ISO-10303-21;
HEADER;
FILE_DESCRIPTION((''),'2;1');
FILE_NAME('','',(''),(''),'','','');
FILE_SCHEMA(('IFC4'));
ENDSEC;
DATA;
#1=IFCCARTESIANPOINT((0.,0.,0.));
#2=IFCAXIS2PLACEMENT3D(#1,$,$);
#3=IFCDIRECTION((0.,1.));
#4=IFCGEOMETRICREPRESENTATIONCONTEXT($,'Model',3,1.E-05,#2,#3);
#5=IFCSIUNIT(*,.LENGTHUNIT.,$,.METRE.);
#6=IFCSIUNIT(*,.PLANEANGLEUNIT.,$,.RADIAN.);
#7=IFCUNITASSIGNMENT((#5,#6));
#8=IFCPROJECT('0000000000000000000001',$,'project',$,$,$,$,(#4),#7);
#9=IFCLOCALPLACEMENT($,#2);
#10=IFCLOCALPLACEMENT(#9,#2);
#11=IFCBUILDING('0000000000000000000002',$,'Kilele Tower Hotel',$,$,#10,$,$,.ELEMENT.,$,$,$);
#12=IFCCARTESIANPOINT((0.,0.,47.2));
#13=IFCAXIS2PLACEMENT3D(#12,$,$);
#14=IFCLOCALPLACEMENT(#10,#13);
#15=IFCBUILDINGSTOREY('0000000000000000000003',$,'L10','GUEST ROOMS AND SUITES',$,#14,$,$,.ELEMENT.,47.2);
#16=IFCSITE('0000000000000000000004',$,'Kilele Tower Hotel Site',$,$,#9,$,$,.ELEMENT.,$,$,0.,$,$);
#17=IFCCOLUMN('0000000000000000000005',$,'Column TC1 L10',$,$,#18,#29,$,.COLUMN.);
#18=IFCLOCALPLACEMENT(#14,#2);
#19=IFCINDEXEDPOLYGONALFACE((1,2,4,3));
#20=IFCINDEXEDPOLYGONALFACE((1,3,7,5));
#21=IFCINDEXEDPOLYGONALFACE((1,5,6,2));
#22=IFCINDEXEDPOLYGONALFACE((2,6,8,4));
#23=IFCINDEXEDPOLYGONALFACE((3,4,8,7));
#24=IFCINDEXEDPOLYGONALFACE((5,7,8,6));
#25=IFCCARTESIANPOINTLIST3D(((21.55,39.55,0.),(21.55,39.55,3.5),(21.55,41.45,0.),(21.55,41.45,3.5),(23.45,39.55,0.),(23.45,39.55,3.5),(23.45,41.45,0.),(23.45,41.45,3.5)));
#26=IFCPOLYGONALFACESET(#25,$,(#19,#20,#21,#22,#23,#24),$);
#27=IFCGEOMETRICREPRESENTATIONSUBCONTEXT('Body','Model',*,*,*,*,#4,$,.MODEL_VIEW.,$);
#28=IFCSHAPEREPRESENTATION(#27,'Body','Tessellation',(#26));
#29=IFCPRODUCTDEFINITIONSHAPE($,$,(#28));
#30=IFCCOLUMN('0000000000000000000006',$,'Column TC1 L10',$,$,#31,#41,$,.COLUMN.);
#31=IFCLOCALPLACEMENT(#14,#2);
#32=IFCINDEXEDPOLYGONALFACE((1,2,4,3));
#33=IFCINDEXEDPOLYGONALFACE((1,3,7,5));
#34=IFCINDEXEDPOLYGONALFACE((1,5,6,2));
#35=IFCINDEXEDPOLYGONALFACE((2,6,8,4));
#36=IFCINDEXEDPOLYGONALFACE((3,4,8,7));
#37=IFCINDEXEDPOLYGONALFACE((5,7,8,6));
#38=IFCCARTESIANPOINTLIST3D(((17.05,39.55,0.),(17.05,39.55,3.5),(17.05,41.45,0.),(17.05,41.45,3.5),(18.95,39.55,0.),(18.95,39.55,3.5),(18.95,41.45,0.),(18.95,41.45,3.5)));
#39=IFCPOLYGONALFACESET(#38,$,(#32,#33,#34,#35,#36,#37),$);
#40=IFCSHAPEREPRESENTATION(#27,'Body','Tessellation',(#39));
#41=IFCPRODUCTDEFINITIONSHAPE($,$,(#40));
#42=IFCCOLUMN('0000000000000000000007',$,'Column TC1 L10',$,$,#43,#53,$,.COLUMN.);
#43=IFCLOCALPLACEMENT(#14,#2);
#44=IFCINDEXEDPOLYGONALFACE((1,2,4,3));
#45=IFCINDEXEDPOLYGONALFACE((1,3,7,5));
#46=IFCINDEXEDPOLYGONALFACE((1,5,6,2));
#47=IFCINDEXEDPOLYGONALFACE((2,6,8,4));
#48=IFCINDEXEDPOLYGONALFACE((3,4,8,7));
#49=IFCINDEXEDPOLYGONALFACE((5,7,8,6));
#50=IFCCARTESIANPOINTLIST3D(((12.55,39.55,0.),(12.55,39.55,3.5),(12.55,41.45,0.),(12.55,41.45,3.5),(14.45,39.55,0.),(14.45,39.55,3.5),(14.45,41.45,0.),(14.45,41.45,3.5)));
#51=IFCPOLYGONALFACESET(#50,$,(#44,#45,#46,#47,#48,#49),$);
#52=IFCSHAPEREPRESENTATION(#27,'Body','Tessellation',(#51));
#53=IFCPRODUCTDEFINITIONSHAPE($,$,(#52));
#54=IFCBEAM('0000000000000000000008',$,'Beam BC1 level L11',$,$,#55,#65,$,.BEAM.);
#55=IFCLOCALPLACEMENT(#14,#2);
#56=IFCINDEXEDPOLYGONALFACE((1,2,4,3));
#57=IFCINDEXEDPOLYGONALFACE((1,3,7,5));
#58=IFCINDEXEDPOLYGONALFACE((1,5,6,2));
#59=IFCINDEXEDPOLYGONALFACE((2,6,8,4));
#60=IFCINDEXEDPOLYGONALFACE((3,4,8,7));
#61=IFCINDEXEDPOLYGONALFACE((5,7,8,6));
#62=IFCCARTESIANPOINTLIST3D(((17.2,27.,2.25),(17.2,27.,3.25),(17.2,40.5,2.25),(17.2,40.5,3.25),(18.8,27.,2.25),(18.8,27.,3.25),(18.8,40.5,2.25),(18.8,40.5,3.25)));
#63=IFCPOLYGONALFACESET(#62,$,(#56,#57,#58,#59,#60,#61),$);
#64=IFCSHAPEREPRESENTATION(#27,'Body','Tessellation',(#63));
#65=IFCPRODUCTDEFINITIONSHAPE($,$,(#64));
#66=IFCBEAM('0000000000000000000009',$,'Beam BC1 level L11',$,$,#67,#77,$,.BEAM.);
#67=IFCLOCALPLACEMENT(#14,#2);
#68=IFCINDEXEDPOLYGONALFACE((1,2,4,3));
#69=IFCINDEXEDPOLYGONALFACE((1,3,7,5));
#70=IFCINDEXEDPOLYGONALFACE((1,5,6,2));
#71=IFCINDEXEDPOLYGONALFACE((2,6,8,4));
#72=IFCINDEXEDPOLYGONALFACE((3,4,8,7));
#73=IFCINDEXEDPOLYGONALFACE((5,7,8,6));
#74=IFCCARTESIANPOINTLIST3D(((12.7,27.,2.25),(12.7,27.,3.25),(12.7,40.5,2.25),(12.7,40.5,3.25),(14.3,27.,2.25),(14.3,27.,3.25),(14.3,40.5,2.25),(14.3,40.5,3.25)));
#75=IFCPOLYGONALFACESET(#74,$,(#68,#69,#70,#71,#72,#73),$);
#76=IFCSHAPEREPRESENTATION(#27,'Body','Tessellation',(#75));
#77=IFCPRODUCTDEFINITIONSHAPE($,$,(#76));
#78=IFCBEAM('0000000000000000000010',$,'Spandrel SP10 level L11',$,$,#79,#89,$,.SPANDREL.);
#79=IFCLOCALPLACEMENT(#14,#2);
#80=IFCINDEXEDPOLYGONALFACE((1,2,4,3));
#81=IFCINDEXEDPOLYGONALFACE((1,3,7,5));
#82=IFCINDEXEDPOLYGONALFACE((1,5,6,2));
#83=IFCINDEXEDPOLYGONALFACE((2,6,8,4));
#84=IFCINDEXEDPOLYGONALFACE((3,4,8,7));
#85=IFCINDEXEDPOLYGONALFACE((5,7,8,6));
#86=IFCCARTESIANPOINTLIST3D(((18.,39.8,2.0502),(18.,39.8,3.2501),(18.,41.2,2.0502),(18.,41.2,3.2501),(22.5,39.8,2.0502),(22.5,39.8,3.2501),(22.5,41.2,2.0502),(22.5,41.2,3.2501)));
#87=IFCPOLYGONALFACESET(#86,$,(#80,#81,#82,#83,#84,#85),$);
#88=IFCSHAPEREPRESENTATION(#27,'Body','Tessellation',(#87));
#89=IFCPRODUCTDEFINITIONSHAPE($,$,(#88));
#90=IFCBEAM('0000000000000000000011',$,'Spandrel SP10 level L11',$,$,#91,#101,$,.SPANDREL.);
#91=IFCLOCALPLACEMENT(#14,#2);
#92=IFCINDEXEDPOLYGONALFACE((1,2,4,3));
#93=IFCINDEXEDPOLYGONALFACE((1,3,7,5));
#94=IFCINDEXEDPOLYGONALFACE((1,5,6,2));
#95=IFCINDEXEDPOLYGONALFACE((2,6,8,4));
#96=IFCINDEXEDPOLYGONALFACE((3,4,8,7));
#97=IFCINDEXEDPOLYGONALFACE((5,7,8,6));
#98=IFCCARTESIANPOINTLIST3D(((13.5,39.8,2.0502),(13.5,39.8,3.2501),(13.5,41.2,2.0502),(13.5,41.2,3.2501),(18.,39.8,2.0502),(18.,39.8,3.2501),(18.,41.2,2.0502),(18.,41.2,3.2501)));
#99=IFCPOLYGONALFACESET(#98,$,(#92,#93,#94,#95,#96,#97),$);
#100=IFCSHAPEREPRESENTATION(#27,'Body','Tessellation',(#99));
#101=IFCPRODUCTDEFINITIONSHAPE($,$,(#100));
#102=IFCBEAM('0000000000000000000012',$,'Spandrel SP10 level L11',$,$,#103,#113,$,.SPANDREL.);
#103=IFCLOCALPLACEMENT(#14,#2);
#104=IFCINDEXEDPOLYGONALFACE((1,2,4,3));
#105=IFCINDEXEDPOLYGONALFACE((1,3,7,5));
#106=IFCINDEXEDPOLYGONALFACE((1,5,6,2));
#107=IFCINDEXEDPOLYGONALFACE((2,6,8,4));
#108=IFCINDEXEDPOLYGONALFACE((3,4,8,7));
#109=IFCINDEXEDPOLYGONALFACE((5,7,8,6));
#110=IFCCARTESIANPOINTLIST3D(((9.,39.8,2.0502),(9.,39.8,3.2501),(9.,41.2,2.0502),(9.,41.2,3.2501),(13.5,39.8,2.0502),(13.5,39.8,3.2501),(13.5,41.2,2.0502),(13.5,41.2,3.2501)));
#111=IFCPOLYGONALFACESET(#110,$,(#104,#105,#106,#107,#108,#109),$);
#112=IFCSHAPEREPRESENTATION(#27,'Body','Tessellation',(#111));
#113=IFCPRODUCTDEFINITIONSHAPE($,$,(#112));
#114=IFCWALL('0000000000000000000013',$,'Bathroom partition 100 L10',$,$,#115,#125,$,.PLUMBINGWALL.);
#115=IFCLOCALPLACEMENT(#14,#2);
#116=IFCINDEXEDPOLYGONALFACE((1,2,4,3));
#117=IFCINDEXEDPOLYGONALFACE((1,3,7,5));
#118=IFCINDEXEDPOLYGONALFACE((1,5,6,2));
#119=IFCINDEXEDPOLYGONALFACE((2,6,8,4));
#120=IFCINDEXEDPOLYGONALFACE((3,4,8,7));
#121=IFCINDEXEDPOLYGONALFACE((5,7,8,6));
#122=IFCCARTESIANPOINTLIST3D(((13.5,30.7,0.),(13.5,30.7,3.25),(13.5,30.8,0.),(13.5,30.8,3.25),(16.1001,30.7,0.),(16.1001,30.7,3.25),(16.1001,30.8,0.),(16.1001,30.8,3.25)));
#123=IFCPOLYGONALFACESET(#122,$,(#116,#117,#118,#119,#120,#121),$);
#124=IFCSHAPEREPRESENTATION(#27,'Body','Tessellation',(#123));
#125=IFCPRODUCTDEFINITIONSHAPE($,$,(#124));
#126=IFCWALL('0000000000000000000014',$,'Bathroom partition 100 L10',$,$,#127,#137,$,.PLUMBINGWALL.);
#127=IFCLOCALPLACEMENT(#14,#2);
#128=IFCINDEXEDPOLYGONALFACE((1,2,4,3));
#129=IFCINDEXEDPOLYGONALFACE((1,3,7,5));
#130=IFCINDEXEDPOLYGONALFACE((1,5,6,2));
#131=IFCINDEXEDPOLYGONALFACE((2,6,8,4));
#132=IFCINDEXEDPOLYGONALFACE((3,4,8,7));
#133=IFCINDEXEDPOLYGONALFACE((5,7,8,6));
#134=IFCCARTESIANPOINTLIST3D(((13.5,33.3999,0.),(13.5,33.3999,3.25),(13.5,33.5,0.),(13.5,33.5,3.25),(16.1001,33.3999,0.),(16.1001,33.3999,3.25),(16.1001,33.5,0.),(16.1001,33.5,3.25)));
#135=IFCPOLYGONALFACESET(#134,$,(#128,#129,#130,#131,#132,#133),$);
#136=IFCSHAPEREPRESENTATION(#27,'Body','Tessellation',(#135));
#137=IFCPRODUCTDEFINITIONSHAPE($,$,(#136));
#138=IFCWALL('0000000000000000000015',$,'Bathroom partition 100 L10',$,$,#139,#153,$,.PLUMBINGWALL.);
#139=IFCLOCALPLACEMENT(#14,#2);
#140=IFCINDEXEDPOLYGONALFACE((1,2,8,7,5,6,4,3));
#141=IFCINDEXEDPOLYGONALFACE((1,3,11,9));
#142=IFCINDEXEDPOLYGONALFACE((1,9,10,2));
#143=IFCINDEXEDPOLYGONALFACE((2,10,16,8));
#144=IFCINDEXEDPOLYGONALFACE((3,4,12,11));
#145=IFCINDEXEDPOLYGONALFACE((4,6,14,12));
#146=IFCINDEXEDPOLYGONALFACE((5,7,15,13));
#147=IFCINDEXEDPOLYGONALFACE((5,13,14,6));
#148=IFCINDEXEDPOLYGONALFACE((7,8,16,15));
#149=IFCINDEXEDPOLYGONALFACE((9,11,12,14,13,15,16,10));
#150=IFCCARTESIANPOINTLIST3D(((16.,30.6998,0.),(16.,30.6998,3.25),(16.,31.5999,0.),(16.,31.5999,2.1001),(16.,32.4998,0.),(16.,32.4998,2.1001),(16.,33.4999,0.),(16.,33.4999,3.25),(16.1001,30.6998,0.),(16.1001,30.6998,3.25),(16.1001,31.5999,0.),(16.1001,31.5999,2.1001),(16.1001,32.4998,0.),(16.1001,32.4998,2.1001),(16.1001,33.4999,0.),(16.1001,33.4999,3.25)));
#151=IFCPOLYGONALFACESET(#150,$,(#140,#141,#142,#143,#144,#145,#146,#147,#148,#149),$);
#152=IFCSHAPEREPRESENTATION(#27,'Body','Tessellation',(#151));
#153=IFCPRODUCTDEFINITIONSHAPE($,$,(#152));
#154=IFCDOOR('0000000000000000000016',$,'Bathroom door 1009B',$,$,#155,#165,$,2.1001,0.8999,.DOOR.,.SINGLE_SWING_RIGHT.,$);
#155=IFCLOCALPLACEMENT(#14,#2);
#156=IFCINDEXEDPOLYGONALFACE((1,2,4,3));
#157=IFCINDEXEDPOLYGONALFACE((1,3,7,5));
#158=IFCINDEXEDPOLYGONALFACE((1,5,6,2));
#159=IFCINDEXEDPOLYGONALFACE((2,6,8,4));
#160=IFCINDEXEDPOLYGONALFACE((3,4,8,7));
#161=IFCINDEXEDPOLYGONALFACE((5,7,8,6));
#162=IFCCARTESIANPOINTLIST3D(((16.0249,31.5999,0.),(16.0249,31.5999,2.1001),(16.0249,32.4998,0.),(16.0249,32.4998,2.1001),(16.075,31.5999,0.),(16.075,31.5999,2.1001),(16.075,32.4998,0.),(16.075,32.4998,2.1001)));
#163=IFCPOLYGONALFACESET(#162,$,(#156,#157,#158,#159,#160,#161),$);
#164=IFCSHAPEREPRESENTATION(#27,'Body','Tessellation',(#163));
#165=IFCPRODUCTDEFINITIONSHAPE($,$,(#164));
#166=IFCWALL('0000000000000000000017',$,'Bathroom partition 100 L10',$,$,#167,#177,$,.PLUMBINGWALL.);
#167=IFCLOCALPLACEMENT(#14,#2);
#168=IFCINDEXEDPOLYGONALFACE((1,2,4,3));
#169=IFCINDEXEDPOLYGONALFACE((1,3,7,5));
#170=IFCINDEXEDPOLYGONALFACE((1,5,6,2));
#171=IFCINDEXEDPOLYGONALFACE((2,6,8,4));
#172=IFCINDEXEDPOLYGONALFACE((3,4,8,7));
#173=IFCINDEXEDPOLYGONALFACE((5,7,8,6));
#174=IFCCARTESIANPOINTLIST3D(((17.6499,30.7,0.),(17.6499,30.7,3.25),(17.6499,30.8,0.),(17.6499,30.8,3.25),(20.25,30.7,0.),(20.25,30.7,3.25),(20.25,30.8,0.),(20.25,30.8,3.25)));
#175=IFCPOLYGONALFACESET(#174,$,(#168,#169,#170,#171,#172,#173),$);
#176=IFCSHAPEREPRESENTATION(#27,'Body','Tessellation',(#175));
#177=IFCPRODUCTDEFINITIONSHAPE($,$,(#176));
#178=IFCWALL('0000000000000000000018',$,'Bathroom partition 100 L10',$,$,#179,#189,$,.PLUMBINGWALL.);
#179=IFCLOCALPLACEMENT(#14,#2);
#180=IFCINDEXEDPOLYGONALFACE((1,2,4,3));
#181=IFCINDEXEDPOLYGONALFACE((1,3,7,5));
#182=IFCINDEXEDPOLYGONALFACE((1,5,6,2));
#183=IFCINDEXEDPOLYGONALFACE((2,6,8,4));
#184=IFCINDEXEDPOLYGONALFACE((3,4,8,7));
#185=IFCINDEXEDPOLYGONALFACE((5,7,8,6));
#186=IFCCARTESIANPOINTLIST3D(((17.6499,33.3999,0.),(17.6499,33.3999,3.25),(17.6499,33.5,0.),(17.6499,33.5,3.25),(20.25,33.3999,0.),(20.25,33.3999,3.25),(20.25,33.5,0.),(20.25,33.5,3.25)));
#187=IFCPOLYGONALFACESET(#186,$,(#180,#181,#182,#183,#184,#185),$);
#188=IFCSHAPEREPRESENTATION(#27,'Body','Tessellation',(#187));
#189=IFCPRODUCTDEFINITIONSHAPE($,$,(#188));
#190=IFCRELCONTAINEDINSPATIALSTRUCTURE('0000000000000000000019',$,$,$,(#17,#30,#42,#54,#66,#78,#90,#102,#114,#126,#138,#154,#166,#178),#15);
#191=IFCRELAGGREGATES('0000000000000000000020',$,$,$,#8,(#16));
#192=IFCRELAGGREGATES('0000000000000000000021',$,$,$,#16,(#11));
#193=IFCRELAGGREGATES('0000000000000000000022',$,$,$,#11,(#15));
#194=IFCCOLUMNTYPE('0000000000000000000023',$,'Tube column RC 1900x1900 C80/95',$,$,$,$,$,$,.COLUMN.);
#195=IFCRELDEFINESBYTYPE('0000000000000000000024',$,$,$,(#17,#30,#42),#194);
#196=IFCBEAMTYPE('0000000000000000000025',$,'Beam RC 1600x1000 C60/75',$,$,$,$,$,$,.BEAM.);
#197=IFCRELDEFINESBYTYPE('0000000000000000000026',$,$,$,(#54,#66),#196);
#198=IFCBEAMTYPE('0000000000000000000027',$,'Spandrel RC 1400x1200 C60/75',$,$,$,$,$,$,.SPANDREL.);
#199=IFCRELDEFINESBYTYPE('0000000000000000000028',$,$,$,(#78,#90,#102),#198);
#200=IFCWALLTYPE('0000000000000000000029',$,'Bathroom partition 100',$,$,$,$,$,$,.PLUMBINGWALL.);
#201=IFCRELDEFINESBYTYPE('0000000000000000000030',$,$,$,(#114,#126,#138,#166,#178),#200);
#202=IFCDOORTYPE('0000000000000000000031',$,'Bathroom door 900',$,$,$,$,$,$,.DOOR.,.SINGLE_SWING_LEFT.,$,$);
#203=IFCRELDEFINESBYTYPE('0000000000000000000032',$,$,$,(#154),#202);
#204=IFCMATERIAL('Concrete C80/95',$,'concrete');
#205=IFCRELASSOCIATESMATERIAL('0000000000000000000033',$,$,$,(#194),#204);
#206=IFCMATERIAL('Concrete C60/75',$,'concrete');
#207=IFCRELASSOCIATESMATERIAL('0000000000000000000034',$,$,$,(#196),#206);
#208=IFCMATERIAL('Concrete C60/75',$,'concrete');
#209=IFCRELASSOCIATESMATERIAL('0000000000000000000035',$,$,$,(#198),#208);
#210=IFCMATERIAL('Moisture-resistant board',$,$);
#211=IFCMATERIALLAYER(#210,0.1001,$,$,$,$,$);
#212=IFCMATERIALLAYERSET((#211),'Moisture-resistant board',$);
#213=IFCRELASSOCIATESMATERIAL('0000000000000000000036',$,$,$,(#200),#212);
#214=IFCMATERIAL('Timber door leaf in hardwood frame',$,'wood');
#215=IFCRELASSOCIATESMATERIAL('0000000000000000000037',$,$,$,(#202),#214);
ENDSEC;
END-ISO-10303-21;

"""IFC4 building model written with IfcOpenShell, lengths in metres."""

from ifc_helpers import new_model, si_unit, direction, frame, frame_2d, origin, origin_2d, place, context, subcontext, project, spatial, rectangle, extrude, material, layer, layer_set, material_profile, profile_set, type_object, element, fill, save


model = new_model("IFC4")

# Units and contexts
model_context = context("Model", 3, precision=1e-05, world=origin(), true_north=direction((0.0, 1.0)))
body_context = subcontext(model_context, "Body", "Model", "MODEL_VIEW")
ifc_project = project(units=[si_unit("LENGTHUNIT", "METRE"), si_unit("PLANEANGLEUNIT", "RADIAN")], contexts=[model_context])

# Site, building, storey
site_placement = place(None, origin())
site = spatial("IfcSite", under=ifc_project, at=site_placement, Name="Kilele Tower Hotel Site", CompositionType="ELEMENT", RefElevation=0.0)
building_placement = place(site_placement, origin())
building = spatial("IfcBuilding", under=site, at=building_placement, Name="Kilele Tower Hotel", CompositionType="ELEMENT")
storey_placement = place(building_placement, frame((0.0, 0.0, 47.2)))
storey = spatial("IfcBuildingStorey", under=building, at=storey_placement, Name="L10", Description="GUEST ROOMS AND SUITES", CompositionType="ELEMENT", Elevation=47.2)

# Columns
ifc_material_1 = material(Name="Concrete C80/95", Category="concrete")
ifc_material_profile_1 = material_profile(ifc_material_1, rectangle(XDim=1.8999, YDim=1.8999, at=origin_2d()))
ifc_profile_set_1 = profile_set([ifc_material_profile_1], Name="Concrete C80/95")
column_type = type_object("IfcColumnType", Name="Tube column RC 1900x1900 C80/95", PredefinedType="COLUMN", material=ifc_profile_set_1)
for number, where, z_axis, x_axis, name in (
    (1, (22.5, 40.5, 0.0), (0.0, 0.0, 1.0), (1.0, 0.0, 0.0), "Column TC1 L10"),
    (2, (18.0, 40.5, 0.0), (0.0, 0.0, 1.0), (1.0, 0.0, 0.0), "Column TC1 L10"),
    (3, (13.5, 40.5, 0.0), (0.0, 0.0, 1.0), (1.0, 0.0, 0.0), "Column TC1 L10"),
):
    element("IfcColumn", number, at=place(storey_placement, frame(where, z_axis=z_axis, x_axis=x_axis)), inside=storey, type_object=column_type, Name=name, PredefinedType="COLUMN", context=body_context, shape_type="SweptSolid", body=[
        extrude(rectangle(XDim=1.8999, YDim=1.8999, at=origin_2d()), origin(), (0.0, 0.0, 1.0), 3.5),
    ])

# Beams
ifc_material_2 = material(Name="Concrete C60/75", Category="concrete")
ifc_material_profile_2 = material_profile(ifc_material_2, rectangle(XDim=1.6001, YDim=1.0, at=origin_2d()))
ifc_profile_set_2 = profile_set([ifc_material_profile_2], Name="Concrete C60/75")
beam_type_1 = type_object("IfcBeamType", Name="Beam RC 1600x1000 C60/75", PredefinedType="BEAM", material=ifc_profile_set_2)
for number, where, z_axis, x_axis, name in (
    (4, (18.0, 40.5, 2.75), (0.0, -1.0, 0.0), (1.0, 0.0, 0.0), "Beam BC1 level L11"),
    (5, (13.5, 40.5, 2.75), (0.0, -1.0, 0.0), (1.0, 0.0, 0.0), "Beam BC1 level L11"),
):
    element("IfcBeam", number, at=place(storey_placement, frame(where, z_axis=z_axis, x_axis=x_axis)), inside=storey, type_object=beam_type_1, Name=name, PredefinedType="BEAM", context=body_context, shape_type="SweptSolid", body=[
        extrude(rectangle(XDim=1.6001, YDim=1.0, at=origin_2d()), origin(), (0.0, 0.0, 1.0), 13.5),
    ])
ifc_material_3 = material(Name="Concrete C60/75", Category="concrete")
ifc_material_profile_3 = material_profile(ifc_material_3, rectangle(XDim=1.3999, YDim=1.2, at=origin_2d()))
ifc_profile_set_3 = profile_set([ifc_material_profile_3], Name="Concrete C60/75")
beam_type_2 = type_object("IfcBeamType", Name="Spandrel RC 1400x1200 C60/75", PredefinedType="SPANDREL", material=ifc_profile_set_3)
for number, where, z_axis, x_axis, name in (
    (6, (22.5, 40.5, 2.6501), (-1.0, 0.0, 0.0), (0.0, -1.0, 0.0), "Spandrel SP10 level L11"),
    (7, (18.0, 40.5, 2.6501), (-1.0, 0.0, 0.0), (0.0, -1.0, 0.0), "Spandrel SP10 level L11"),
    (8, (13.5, 40.5, 2.6501), (-1.0, 0.0, 0.0), (0.0, -1.0, 0.0), "Spandrel SP10 level L11"),
):
    element("IfcBeam", number, at=place(storey_placement, frame(where, z_axis=z_axis, x_axis=x_axis)), inside=storey, type_object=beam_type_2, Name=name, PredefinedType="SPANDREL", context=body_context, shape_type="SweptSolid", body=[
        extrude(rectangle(XDim=1.3999, YDim=1.2, at=origin_2d()), origin(), (0.0, 0.0, 1.0), 4.5),
    ])

# Walls
ifc_material_4 = material(Name="Moisture-resistant board")
ifc_layer_1 = layer(ifc_material_4, 0.1001)
ifc_layer_set_1 = layer_set([ifc_layer_1], Name="Moisture-resistant board")
wall_type_1 = type_object("IfcWallType", Name="Bathroom partition 100", PredefinedType="PLUMBINGWALL", material=ifc_layer_set_1)
for number, where, z_axis, x_axis, name in (
    (9, (13.5, 30.75, 0.0), (0.0, 0.0, 1.0), (1.0, 0.0, 0.0), "Bathroom partition 100 L10"),
    (10, (13.5, 33.45, 0.0), (0.0, 0.0, 1.0), (1.0, 0.0, 0.0), "Bathroom partition 100 L10"),
):
    element("IfcWall", number, at=place(storey_placement, frame(where, z_axis=z_axis, x_axis=x_axis)), inside=storey, type_object=wall_type_1, Name=name, PredefinedType="PLUMBINGWALL", context=body_context, shape_type="SweptSolid", body=[
        extrude(rectangle(XDim=2.6001, YDim=0.1001, at=frame_2d((1.3, 0.0))), origin(), (0.0, 0.0, 1.0), 3.25),
    ])

# Wall, opening, door
wall_1_placement = place(storey_placement, frame((16.05, 30.7, 0.0), z_axis=(0.0, 0.0, 1.0), x_axis=(0.0, 1.0, 0.0)))
wall_1 = element("IfcWall", 11, at=wall_1_placement, inside=storey, type_object=wall_type_1, Name="Bathroom partition 100 L10", PredefinedType="PLUMBINGWALL", context=body_context, shape_type="SweptSolid", body=[
    extrude(rectangle(XDim=2.8, YDim=0.1001, at=frame_2d((1.3999, 0.0))), origin(), (0.0, 0.0, 1.0), 3.25),
])
opening_1_placement = place(wall_1_placement, frame((1.7998, 0.0, 0.0), z_axis=(0.0, 0.0, 1.0), x_axis=(-1.0, 0.0, 0.0)))
opening_1 = element("IfcOpeningElement", 12, at=opening_1_placement, cuts=wall_1, PredefinedType="OPENING", context=body_context, shape_type="SweptSolid", body=[
    extrude(rectangle(XDim=0.8999, YDim=2.1001, at=frame_2d((0.45, 1.05))), frame((0.0, 0.0601, 0.0), z_axis=(0.0, -1.0, 0.0), x_axis=(1.0, 0.0, 0.0)), (0.0, 0.0, 1.0), 0.1201),
])
ifc_material_5 = material(Name="Timber door leaf in hardwood frame", Category="wood")
door_type_1 = type_object("IfcDoorType", Name="Bathroom door 900", OperationType="SINGLE_SWING_LEFT", PredefinedType="DOOR", material=ifc_material_5)
door_1_placement = place(opening_1_placement, origin())
door_1 = element("IfcDoor", 13, at=door_1_placement, inside=storey, type_object=door_type_1, Name="Bathroom door 1009B", OperationType="SINGLE_SWING_RIGHT", OverallHeight=2.1001, OverallWidth=0.8999, PredefinedType="DOOR", context=body_context, shape_type="SweptSolid", body=[
    extrude(rectangle(XDim=0.8999, YDim=2.1001, at=frame_2d((0.45, 1.05))), frame((0.0, 0.0249, 0.0), z_axis=(0.0, -1.0, 0.0), x_axis=(1.0, 0.0, 0.0)), (0.0, 0.0, 1.0), 0.05),
])
fill(opening_1, door_1)

# Walls
for number, where, z_axis, x_axis, name in (
    (14, (17.6499, 30.75, 0.0), (0.0, 0.0, 1.0), (1.0, 0.0, 0.0), "Bathroom partition 100 L10"),
    (15, (17.6499, 33.45, 0.0), (0.0, 0.0, 1.0), (1.0, 0.0, 0.0), "Bathroom partition 100 L10"),
):
    element("IfcWall", number, at=place(storey_placement, frame(where, z_axis=z_axis, x_axis=x_axis)), inside=storey, type_object=wall_type_1, Name=name, PredefinedType="PLUMBINGWALL", context=body_context, shape_type="SweptSolid", body=[
        extrude(rectangle(XDim=2.6001, YDim=0.1001, at=frame_2d((1.3, 0.0))), origin(), (0.0, 0.0, 1.0), 3.25),
    ])

save(model, "model.ifc")
